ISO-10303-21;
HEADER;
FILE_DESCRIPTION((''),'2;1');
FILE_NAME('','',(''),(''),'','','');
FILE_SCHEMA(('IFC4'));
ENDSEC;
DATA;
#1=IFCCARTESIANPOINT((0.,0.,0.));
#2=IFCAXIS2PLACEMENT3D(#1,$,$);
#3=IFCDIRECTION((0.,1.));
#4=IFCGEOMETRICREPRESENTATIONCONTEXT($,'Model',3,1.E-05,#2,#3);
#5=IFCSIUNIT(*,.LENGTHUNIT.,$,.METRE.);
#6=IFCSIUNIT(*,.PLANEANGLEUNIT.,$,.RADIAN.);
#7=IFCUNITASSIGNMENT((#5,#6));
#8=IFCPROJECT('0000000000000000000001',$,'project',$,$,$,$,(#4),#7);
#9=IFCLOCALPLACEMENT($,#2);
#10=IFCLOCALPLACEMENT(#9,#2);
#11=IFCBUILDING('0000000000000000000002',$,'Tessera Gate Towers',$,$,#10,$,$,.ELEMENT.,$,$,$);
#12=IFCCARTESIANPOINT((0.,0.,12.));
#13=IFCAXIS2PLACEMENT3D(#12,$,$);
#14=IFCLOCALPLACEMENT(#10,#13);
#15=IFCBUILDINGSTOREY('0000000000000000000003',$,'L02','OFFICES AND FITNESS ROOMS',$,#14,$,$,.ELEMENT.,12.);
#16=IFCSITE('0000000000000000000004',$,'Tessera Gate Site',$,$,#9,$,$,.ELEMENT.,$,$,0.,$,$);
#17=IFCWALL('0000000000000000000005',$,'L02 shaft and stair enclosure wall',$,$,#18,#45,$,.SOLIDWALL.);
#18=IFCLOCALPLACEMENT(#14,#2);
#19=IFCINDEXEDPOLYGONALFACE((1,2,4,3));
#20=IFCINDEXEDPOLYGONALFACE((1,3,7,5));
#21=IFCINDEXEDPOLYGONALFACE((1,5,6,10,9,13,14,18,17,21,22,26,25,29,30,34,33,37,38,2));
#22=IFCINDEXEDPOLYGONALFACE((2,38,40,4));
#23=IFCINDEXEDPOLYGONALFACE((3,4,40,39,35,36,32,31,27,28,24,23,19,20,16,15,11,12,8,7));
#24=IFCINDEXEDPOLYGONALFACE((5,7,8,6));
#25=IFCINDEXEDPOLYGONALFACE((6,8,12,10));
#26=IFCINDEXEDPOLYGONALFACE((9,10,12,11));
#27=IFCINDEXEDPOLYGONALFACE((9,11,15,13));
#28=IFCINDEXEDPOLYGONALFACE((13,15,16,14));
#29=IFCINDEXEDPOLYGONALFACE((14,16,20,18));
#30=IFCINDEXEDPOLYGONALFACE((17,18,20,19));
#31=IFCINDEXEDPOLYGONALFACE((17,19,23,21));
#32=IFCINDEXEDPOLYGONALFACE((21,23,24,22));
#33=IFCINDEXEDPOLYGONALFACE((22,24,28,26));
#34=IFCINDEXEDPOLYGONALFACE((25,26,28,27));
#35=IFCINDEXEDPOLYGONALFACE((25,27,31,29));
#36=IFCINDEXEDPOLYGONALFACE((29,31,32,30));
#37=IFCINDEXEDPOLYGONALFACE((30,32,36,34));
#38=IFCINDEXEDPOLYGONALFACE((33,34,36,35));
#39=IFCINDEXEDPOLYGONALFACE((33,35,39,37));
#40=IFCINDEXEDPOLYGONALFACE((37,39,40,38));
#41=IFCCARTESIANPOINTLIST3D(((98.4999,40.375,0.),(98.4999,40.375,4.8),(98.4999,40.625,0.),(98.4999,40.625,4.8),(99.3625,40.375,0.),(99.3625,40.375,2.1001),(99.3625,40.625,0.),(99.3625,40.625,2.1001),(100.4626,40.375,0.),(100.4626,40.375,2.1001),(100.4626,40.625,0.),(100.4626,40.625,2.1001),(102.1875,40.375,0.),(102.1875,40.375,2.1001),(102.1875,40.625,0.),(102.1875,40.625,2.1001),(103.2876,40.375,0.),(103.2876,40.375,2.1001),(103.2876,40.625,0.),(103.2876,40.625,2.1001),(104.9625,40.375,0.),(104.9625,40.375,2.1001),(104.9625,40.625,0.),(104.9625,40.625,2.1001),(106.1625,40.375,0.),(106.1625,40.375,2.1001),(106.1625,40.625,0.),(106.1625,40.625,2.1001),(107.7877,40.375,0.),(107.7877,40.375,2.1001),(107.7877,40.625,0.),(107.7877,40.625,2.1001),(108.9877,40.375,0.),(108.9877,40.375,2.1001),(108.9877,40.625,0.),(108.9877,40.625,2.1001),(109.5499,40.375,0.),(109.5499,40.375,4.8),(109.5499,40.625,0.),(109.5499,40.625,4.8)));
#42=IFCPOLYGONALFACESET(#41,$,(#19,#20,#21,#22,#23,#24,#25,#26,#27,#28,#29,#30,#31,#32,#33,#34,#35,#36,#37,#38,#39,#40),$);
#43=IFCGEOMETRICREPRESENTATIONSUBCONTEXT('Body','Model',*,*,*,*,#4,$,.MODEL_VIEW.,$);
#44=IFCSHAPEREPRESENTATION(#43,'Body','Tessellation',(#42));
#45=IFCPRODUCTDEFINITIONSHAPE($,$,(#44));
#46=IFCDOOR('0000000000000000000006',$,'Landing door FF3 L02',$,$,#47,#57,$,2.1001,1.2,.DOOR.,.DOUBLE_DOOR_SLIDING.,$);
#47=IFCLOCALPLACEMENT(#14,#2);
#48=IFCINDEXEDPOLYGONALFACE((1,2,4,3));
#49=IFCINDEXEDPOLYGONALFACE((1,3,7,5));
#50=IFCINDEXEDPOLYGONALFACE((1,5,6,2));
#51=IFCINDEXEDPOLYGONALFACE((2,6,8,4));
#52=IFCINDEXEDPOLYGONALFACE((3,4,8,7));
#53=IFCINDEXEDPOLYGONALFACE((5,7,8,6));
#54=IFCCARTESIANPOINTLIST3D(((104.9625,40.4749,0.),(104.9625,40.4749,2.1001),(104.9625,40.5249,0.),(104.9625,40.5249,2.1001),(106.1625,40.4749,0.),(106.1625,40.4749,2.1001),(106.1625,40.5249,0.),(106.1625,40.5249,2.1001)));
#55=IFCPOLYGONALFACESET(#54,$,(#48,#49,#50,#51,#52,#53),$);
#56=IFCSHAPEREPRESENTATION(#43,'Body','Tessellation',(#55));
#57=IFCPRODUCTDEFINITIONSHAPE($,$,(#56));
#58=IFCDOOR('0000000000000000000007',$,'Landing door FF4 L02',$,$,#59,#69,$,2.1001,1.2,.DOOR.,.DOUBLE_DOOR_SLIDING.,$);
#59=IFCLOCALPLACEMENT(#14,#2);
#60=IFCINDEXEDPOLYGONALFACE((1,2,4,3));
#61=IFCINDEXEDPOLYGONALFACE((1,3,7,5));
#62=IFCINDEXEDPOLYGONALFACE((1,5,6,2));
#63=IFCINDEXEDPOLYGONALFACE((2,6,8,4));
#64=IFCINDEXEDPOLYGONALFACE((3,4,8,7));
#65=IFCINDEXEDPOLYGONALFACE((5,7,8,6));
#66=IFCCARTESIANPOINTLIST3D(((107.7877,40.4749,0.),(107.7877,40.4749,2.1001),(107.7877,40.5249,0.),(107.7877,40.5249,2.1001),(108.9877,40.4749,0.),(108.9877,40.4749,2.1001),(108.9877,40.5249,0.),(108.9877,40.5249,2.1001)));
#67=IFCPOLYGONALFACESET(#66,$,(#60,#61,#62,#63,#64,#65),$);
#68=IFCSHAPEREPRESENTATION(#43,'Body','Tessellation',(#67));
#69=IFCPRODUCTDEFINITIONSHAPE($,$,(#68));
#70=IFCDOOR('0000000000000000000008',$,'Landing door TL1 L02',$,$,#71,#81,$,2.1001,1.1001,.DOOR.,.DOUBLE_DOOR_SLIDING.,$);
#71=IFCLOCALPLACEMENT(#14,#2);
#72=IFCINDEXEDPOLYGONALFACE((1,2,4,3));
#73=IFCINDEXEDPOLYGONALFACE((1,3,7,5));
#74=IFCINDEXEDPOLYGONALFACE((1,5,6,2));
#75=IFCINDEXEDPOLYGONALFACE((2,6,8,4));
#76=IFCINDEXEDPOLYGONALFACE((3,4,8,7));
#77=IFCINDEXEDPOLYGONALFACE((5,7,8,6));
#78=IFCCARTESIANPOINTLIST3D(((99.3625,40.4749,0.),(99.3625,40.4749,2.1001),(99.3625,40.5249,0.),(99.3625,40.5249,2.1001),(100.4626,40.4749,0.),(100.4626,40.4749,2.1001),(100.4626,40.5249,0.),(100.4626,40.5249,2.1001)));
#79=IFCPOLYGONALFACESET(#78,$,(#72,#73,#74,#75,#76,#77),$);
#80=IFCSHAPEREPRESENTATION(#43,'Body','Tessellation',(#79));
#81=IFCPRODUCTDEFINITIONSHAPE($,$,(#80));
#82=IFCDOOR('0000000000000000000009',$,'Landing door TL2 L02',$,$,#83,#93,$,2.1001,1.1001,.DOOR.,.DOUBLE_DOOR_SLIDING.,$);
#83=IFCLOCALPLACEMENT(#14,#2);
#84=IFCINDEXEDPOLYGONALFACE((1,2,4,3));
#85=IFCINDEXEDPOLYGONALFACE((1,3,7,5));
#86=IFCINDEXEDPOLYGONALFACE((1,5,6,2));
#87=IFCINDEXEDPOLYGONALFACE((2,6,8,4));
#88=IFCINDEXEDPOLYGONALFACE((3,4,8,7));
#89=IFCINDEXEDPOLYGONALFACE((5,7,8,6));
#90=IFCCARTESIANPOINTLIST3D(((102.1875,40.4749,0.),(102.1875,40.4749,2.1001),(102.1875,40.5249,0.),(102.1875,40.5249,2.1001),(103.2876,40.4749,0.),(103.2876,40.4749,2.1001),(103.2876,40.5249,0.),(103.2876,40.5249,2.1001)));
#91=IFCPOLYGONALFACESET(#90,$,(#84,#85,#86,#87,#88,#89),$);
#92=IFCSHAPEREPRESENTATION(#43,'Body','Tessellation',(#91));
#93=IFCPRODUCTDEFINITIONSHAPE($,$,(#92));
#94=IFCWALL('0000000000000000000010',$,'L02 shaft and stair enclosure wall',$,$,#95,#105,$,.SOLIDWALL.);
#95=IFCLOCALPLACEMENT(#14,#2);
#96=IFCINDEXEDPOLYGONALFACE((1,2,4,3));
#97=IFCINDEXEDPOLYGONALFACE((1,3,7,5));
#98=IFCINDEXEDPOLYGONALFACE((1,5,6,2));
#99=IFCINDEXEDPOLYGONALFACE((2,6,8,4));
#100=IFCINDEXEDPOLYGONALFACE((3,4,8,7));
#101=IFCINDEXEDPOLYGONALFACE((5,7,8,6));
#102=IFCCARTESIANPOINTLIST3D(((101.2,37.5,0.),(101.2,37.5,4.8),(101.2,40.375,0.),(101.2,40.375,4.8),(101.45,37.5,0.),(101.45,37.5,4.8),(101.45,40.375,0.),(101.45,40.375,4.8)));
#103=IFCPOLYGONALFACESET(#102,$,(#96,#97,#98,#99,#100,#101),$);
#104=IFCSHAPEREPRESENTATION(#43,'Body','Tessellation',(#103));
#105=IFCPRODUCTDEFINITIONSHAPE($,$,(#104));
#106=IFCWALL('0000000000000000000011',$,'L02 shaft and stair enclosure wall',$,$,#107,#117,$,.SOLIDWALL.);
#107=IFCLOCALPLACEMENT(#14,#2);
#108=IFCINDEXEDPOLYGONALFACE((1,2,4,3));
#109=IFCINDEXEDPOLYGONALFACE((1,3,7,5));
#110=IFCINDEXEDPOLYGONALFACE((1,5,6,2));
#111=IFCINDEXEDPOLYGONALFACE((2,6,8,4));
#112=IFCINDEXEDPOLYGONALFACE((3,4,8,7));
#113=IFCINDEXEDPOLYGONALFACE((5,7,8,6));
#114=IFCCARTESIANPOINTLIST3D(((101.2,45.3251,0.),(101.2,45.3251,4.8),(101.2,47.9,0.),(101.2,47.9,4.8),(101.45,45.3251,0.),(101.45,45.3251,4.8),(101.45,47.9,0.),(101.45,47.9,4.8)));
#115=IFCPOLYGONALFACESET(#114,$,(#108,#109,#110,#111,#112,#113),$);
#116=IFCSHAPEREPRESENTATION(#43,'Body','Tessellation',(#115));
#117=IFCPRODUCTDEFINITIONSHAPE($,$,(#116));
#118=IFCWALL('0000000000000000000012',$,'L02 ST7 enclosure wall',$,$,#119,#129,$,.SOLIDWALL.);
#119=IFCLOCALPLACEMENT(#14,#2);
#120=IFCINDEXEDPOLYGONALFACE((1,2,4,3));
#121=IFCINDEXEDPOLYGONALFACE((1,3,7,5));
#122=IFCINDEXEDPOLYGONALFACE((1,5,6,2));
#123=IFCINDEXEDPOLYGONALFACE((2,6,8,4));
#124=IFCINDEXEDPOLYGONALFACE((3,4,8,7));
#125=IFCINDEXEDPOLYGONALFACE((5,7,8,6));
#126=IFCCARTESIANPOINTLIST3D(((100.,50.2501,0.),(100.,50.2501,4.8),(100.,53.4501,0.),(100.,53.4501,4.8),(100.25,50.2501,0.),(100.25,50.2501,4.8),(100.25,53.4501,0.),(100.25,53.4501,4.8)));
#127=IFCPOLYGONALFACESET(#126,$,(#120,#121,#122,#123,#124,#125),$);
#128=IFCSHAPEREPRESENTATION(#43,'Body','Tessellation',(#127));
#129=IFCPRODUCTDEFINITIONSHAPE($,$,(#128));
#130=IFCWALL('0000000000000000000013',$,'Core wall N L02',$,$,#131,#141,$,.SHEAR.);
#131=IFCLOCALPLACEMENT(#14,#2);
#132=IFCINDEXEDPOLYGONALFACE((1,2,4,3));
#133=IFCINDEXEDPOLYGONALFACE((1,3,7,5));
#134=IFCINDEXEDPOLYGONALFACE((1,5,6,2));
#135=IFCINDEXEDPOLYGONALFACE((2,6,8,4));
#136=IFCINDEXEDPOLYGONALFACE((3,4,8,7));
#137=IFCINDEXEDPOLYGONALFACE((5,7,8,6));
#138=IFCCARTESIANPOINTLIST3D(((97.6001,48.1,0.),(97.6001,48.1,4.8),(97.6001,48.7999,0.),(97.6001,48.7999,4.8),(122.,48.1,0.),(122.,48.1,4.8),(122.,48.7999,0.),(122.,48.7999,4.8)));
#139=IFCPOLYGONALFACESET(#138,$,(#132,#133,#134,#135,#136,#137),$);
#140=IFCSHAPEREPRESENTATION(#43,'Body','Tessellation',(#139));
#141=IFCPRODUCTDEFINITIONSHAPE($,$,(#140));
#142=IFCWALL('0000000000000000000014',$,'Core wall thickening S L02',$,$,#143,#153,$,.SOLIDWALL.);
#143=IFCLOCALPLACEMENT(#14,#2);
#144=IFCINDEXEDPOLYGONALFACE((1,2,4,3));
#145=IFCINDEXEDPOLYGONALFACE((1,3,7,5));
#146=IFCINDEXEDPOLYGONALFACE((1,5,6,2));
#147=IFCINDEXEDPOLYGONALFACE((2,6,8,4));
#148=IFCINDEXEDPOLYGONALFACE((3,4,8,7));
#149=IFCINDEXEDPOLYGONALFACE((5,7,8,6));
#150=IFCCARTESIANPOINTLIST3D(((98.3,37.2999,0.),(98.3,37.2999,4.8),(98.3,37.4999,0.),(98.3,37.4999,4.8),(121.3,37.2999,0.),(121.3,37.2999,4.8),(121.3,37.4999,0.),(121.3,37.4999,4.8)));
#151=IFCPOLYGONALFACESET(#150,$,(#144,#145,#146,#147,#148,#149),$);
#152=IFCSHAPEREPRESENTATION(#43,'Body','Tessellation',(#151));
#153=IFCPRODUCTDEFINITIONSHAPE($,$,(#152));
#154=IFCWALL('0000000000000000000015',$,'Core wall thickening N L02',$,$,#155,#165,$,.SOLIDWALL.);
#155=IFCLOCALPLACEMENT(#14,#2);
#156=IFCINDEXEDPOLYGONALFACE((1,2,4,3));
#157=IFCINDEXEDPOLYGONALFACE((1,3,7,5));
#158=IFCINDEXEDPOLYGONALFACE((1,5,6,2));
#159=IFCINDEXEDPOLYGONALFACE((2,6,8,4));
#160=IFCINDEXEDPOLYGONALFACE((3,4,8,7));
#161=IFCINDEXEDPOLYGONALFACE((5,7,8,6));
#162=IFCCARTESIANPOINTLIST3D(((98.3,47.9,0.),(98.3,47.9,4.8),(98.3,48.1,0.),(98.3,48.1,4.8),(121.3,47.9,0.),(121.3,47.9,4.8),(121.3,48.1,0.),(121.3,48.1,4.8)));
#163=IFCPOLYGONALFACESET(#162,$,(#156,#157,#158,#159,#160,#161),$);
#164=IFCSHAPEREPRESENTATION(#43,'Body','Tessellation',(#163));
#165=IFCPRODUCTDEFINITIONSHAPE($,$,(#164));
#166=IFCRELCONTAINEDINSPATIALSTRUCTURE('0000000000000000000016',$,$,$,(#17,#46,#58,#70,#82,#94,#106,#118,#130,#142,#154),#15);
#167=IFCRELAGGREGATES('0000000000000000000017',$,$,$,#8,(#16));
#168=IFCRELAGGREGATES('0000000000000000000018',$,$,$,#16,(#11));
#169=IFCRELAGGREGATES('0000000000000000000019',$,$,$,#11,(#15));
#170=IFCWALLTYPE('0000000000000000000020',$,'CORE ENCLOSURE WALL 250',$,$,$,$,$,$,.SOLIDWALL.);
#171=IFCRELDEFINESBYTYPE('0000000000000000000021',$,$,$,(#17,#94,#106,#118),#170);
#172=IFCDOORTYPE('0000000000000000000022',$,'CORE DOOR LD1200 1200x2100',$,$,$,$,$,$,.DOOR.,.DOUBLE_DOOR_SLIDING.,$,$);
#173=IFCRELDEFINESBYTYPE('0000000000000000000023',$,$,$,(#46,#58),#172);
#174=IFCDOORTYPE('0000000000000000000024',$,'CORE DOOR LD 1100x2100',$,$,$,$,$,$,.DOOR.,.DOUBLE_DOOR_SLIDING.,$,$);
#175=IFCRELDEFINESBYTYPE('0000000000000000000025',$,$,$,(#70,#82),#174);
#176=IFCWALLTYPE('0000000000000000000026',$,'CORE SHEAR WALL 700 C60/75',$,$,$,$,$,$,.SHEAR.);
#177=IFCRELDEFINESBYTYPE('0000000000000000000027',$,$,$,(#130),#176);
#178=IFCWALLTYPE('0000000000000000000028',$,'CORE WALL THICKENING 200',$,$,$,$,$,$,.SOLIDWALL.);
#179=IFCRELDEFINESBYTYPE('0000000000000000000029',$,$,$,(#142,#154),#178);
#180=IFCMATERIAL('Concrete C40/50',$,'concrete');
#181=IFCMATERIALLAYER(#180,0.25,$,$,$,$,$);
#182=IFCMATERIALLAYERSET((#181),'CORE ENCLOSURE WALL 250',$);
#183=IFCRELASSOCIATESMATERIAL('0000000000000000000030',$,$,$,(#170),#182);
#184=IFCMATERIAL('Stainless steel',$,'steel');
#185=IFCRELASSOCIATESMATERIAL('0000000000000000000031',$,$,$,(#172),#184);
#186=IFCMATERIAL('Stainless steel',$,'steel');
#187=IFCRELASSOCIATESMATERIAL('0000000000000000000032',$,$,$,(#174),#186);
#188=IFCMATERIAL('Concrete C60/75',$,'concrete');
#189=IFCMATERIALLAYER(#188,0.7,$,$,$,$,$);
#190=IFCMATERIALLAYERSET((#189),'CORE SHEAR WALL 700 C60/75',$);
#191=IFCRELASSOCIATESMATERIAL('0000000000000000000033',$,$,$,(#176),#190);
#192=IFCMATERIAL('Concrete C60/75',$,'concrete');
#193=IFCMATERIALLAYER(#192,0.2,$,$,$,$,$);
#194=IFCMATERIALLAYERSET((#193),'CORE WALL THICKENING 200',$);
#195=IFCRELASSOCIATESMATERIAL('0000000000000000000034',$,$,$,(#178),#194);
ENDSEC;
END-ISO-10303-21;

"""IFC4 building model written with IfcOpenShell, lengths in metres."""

from ifc_helpers import new_model, si_unit, direction, frame, frame_2d, origin, place, context, subcontext, project, spatial, rectangle, extrude, source, transform, mapped, material, layer, layer_set, type_object, element, fill, save


model = new_model("IFC4")

# Units and contexts
model_context = context("Model", 3, precision=1e-05, world=origin(), true_north=direction((0.0, 1.0)))
body_context = subcontext(model_context, "Body", "Model", "MODEL_VIEW")
ifc_project = project(units=[si_unit("LENGTHUNIT", "METRE"), si_unit("PLANEANGLEUNIT", "RADIAN")], contexts=[model_context])

# Site, building, storey
site_placement = place(None, origin())
site = spatial("IfcSite", under=ifc_project, at=site_placement, Name="Tessera Gate Site", CompositionType="ELEMENT", RefElevation=0.0)
building_placement = place(site_placement, origin())
building = spatial("IfcBuilding", under=site, at=building_placement, Name="Tessera Gate Towers", CompositionType="ELEMENT")
storey_placement = place(building_placement, frame((0.0, 0.0, 12.0)))
storey = spatial("IfcBuildingStorey", under=building, at=storey_placement, Name="L02", Description="OFFICES AND FITNESS ROOMS", CompositionType="ELEMENT", Elevation=12.0)

# Wall, openings, doors
ifc_material_1 = material(Name="Concrete C40/50", Category="concrete")
ifc_layer_1 = layer(ifc_material_1, 0.25)
ifc_layer_set_1 = layer_set([ifc_layer_1], Name="CORE ENCLOSURE WALL 250")
wall_type_1 = type_object("IfcWallType", Name="CORE ENCLOSURE WALL 250", PredefinedType="SOLIDWALL", material=ifc_layer_set_1)
wall_1_placement = place(storey_placement, frame((98.5, 40.5, 0.0), z_axis=(0.0, 0.0, 1.0), x_axis=(1.0, 0.0, 0.0)))
wall_1 = element("IfcWall", 1, at=wall_1_placement, inside=storey, type_object=wall_type_1, Name="L02 shaft and stair enclosure wall", PredefinedType="SOLIDWALL", context=body_context, shape_type="SweptSolid", body=[
    extrude(rectangle(XDim=11.05, YDim=0.25, at=frame_2d((5.5249, 0.0))), origin(), (0.0, 0.0, 1.0), 4.8),
])
shared_shape_1 = source(origin(), body_context, "Body", "SweptSolid", [
    extrude(rectangle(XDim=1.1001, YDim=2.1001, at=frame_2d((0.55, 1.05))), frame((0.0, 0.135, 0.0), z_axis=(0.0, -1.0, 0.0), x_axis=(1.0, 0.0, 0.0)), (0.0, 0.0, 1.0), 0.27),
])
opening_1_placement = place(wall_1_placement, frame((0.8625, 0.0, 0.0)))
opening_1 = element("IfcOpeningElement", 2, at=opening_1_placement, cuts=wall_1, PredefinedType="OPENING", context=body_context, shape_type="MappedRepresentation", body=[
    mapped(shared_shape_1, transform((0.0, 0.0, 0.0), scale=1.0)),
])
opening_2_placement = place(wall_1_placement, frame((3.6875, 0.0, 0.0)))
opening_2 = element("IfcOpeningElement", 3, at=opening_2_placement, cuts=wall_1, PredefinedType="OPENING", context=body_context, shape_type="MappedRepresentation", body=[
    mapped(shared_shape_1, transform((0.0, 0.0, 0.0), scale=1.0)),
])
shared_shape_2 = source(origin(), body_context, "Body", "SweptSolid", [
    extrude(rectangle(XDim=1.2, YDim=2.1001, at=frame_2d((0.6001, 1.05))), frame((0.0, 0.135, 0.0), z_axis=(0.0, -1.0, 0.0), x_axis=(1.0, 0.0, 0.0)), (0.0, 0.0, 1.0), 0.27),
])
opening_3_placement = place(wall_1_placement, frame((6.4624, 0.0, 0.0)))
opening_3 = element("IfcOpeningElement", 4, at=opening_3_placement, cuts=wall_1, PredefinedType="OPENING", context=body_context, shape_type="MappedRepresentation", body=[
    mapped(shared_shape_2, transform((0.0, 0.0, 0.0), scale=1.0)),
])
opening_4_placement = place(wall_1_placement, frame((9.2876, 0.0, 0.0)))
opening_4 = element("IfcOpeningElement", 5, at=opening_4_placement, cuts=wall_1, PredefinedType="OPENING", context=body_context, shape_type="MappedRepresentation", body=[
    mapped(shared_shape_2, transform((0.0, 0.0, 0.0), scale=1.0)),
])
ifc_material_2 = material(Name="Stainless steel", Category="steel")
door_type_1 = type_object("IfcDoorType", Name="CORE DOOR LD1200 1200x2100", OperationType="DOUBLE_DOOR_SLIDING", PredefinedType="DOOR", material=ifc_material_2)
shared_shape_3 = source(origin(), body_context, "Body", "SweptSolid", [
    extrude(rectangle(XDim=1.2, YDim=2.1001, at=frame_2d((0.6001, 1.05))), frame((0.0, 0.0249, 0.0), z_axis=(0.0, -1.0, 0.0), x_axis=(1.0, 0.0, 0.0)), (0.0, 0.0, 1.0), 0.05),
])
door_1_placement = place(opening_3_placement, origin())
door_1 = element("IfcDoor", 6, at=door_1_placement, inside=storey, type_object=door_type_1, Name="Landing door FF3 L02", OperationType="DOUBLE_DOOR_SLIDING", OverallHeight=2.1001, OverallWidth=1.2, PredefinedType="DOOR", context=body_context, shape_type="MappedRepresentation", body=[
    mapped(shared_shape_3, transform((0.0, 0.0, 0.0), scale=1.0)),
])
fill(opening_3, door_1)
door_2_placement = place(opening_4_placement, origin())
door_2 = element("IfcDoor", 7, at=door_2_placement, inside=storey, type_object=door_type_1, Name="Landing door FF4 L02", OperationType="DOUBLE_DOOR_SLIDING", OverallHeight=2.1001, OverallWidth=1.2, PredefinedType="DOOR", context=body_context, shape_type="MappedRepresentation", body=[
    mapped(shared_shape_3, transform((0.0, 0.0, 0.0), scale=1.0)),
])
fill(opening_4, door_2)
ifc_material_3 = material(Name="Stainless steel", Category="steel")
door_type_2 = type_object("IfcDoorType", Name="CORE DOOR LD 1100x2100", OperationType="DOUBLE_DOOR_SLIDING", PredefinedType="DOOR", material=ifc_material_3)
shared_shape_4 = source(origin(), body_context, "Body", "SweptSolid", [
    extrude(rectangle(XDim=1.1001, YDim=2.1001, at=frame_2d((0.55, 1.05))), frame((0.0, 0.0249, 0.0), z_axis=(0.0, -1.0, 0.0), x_axis=(1.0, 0.0, 0.0)), (0.0, 0.0, 1.0), 0.05),
])
door_3_placement = place(opening_1_placement, origin())
door_3 = element("IfcDoor", 8, at=door_3_placement, inside=storey, type_object=door_type_2, Name="Landing door TL1 L02", OperationType="DOUBLE_DOOR_SLIDING", OverallHeight=2.1001, OverallWidth=1.1001, PredefinedType="DOOR", context=body_context, shape_type="MappedRepresentation", body=[
    mapped(shared_shape_4, transform((0.0, 0.0, 0.0), scale=1.0)),
])
fill(opening_1, door_3)
door_4_placement = place(opening_2_placement, origin())
door_4 = element("IfcDoor", 9, at=door_4_placement, inside=storey, type_object=door_type_2, Name="Landing door TL2 L02", OperationType="DOUBLE_DOOR_SLIDING", OverallHeight=2.1001, OverallWidth=1.1001, PredefinedType="DOOR", context=body_context, shape_type="MappedRepresentation", body=[
    mapped(shared_shape_4, transform((0.0, 0.0, 0.0), scale=1.0)),
])
fill(opening_2, door_4)

# Walls
wall_2_placement = place(storey_placement, frame((101.325, 37.5, 0.0), z_axis=(0.0, 0.0, 1.0), x_axis=(0.0, 1.0, 0.0)))
element("IfcWall", 10, at=wall_2_placement, inside=storey, type_object=wall_type_1, Name="L02 shaft and stair enclosure wall", PredefinedType="SOLIDWALL", context=body_context, shape_type="SweptSolid", body=[
    extrude(rectangle(XDim=2.875, YDim=0.25, at=frame_2d((1.4375, 0.0))), origin(), (0.0, 0.0, 1.0), 4.8),
])
wall_3_placement = place(storey_placement, frame((101.325, 45.325, 0.0), z_axis=(0.0, 0.0, 1.0), x_axis=(0.0, 1.0, 0.0)))
element("IfcWall", 11, at=wall_3_placement, inside=storey, type_object=wall_type_1, Name="L02 shaft and stair enclosure wall", PredefinedType="SOLIDWALL", context=body_context, shape_type="SweptSolid", body=[
    extrude(rectangle(XDim=2.575, YDim=0.25, at=frame_2d((1.2876, 0.0))), origin(), (0.0, 0.0, 1.0), 4.8),
])
wall_4_placement = place(storey_placement, frame((100.125, 50.25, 0.0), z_axis=(0.0, 0.0, 1.0), x_axis=(0.0, 1.0, 0.0)))
element("IfcWall", 12, at=wall_4_placement, inside=storey, type_object=wall_type_1, Name="L02 ST7 enclosure wall", PredefinedType="SOLIDWALL", context=body_context, shape_type="SweptSolid", body=[
    extrude(rectangle(XDim=3.2, YDim=0.25, at=frame_2d((1.6001, 0.0))), origin(), (0.0, 0.0, 1.0), 4.8),
])

# Shared definitions
ifc_material_4 = material(Name="Concrete C60/75", Category="concrete")
ifc_layer_2 = layer(ifc_material_4, 0.7)
ifc_layer_set_2 = layer_set([ifc_layer_2], Name="CORE SHEAR WALL 700 C60/75")
wall_type_2 = type_object("IfcWallType", Name="CORE SHEAR WALL 700 C60/75", PredefinedType="SHEAR", material=ifc_layer_set_2)

# Walls
wall_5_placement = place(storey_placement, frame((97.6001, 48.45, 0.0), z_axis=(0.0, 0.0, 1.0), x_axis=(1.0, 0.0, 0.0)))
element("IfcWall", 13, at=wall_5_placement, inside=storey, type_object=wall_type_2, Name="Core wall N L02", PredefinedType="SHEAR", context=body_context, shape_type="SweptSolid", body=[
    extrude(rectangle(XDim=24.3999, YDim=0.7, at=frame_2d((12.2, 0.0))), origin(), (0.0, 0.0, 1.0), 4.8),
])
ifc_material_5 = material(Name="Concrete C60/75", Category="concrete")
ifc_layer_3 = layer(ifc_material_5, 0.2)
ifc_layer_set_3 = layer_set([ifc_layer_3], Name="CORE WALL THICKENING 200")
wall_type_3 = type_object("IfcWallType", Name="CORE WALL THICKENING 200", PredefinedType="SOLIDWALL", material=ifc_layer_set_3)
for number, where, z_axis, x_axis, name in (
    (14, (98.3, 37.3999, 0.0), (0.0, 0.0, 1.0), (1.0, 0.0, 0.0), "Core wall thickening S L02"),
    (15, (98.3, 48.0, 0.0), (0.0, 0.0, 1.0), (1.0, 0.0, 0.0), "Core wall thickening N L02"),
):
    element("IfcWall", number, at=place(storey_placement, frame(where, z_axis=z_axis, x_axis=x_axis)), inside=storey, type_object=wall_type_3, Name=name, PredefinedType="SOLIDWALL", context=body_context, shape_type="SweptSolid", body=[
        extrude(rectangle(XDim=23.0, YDim=0.2, at=frame_2d((11.5, 0.0))), origin(), (0.0, 0.0, 1.0), 4.8),
    ])

save(model, "model.ifc")
